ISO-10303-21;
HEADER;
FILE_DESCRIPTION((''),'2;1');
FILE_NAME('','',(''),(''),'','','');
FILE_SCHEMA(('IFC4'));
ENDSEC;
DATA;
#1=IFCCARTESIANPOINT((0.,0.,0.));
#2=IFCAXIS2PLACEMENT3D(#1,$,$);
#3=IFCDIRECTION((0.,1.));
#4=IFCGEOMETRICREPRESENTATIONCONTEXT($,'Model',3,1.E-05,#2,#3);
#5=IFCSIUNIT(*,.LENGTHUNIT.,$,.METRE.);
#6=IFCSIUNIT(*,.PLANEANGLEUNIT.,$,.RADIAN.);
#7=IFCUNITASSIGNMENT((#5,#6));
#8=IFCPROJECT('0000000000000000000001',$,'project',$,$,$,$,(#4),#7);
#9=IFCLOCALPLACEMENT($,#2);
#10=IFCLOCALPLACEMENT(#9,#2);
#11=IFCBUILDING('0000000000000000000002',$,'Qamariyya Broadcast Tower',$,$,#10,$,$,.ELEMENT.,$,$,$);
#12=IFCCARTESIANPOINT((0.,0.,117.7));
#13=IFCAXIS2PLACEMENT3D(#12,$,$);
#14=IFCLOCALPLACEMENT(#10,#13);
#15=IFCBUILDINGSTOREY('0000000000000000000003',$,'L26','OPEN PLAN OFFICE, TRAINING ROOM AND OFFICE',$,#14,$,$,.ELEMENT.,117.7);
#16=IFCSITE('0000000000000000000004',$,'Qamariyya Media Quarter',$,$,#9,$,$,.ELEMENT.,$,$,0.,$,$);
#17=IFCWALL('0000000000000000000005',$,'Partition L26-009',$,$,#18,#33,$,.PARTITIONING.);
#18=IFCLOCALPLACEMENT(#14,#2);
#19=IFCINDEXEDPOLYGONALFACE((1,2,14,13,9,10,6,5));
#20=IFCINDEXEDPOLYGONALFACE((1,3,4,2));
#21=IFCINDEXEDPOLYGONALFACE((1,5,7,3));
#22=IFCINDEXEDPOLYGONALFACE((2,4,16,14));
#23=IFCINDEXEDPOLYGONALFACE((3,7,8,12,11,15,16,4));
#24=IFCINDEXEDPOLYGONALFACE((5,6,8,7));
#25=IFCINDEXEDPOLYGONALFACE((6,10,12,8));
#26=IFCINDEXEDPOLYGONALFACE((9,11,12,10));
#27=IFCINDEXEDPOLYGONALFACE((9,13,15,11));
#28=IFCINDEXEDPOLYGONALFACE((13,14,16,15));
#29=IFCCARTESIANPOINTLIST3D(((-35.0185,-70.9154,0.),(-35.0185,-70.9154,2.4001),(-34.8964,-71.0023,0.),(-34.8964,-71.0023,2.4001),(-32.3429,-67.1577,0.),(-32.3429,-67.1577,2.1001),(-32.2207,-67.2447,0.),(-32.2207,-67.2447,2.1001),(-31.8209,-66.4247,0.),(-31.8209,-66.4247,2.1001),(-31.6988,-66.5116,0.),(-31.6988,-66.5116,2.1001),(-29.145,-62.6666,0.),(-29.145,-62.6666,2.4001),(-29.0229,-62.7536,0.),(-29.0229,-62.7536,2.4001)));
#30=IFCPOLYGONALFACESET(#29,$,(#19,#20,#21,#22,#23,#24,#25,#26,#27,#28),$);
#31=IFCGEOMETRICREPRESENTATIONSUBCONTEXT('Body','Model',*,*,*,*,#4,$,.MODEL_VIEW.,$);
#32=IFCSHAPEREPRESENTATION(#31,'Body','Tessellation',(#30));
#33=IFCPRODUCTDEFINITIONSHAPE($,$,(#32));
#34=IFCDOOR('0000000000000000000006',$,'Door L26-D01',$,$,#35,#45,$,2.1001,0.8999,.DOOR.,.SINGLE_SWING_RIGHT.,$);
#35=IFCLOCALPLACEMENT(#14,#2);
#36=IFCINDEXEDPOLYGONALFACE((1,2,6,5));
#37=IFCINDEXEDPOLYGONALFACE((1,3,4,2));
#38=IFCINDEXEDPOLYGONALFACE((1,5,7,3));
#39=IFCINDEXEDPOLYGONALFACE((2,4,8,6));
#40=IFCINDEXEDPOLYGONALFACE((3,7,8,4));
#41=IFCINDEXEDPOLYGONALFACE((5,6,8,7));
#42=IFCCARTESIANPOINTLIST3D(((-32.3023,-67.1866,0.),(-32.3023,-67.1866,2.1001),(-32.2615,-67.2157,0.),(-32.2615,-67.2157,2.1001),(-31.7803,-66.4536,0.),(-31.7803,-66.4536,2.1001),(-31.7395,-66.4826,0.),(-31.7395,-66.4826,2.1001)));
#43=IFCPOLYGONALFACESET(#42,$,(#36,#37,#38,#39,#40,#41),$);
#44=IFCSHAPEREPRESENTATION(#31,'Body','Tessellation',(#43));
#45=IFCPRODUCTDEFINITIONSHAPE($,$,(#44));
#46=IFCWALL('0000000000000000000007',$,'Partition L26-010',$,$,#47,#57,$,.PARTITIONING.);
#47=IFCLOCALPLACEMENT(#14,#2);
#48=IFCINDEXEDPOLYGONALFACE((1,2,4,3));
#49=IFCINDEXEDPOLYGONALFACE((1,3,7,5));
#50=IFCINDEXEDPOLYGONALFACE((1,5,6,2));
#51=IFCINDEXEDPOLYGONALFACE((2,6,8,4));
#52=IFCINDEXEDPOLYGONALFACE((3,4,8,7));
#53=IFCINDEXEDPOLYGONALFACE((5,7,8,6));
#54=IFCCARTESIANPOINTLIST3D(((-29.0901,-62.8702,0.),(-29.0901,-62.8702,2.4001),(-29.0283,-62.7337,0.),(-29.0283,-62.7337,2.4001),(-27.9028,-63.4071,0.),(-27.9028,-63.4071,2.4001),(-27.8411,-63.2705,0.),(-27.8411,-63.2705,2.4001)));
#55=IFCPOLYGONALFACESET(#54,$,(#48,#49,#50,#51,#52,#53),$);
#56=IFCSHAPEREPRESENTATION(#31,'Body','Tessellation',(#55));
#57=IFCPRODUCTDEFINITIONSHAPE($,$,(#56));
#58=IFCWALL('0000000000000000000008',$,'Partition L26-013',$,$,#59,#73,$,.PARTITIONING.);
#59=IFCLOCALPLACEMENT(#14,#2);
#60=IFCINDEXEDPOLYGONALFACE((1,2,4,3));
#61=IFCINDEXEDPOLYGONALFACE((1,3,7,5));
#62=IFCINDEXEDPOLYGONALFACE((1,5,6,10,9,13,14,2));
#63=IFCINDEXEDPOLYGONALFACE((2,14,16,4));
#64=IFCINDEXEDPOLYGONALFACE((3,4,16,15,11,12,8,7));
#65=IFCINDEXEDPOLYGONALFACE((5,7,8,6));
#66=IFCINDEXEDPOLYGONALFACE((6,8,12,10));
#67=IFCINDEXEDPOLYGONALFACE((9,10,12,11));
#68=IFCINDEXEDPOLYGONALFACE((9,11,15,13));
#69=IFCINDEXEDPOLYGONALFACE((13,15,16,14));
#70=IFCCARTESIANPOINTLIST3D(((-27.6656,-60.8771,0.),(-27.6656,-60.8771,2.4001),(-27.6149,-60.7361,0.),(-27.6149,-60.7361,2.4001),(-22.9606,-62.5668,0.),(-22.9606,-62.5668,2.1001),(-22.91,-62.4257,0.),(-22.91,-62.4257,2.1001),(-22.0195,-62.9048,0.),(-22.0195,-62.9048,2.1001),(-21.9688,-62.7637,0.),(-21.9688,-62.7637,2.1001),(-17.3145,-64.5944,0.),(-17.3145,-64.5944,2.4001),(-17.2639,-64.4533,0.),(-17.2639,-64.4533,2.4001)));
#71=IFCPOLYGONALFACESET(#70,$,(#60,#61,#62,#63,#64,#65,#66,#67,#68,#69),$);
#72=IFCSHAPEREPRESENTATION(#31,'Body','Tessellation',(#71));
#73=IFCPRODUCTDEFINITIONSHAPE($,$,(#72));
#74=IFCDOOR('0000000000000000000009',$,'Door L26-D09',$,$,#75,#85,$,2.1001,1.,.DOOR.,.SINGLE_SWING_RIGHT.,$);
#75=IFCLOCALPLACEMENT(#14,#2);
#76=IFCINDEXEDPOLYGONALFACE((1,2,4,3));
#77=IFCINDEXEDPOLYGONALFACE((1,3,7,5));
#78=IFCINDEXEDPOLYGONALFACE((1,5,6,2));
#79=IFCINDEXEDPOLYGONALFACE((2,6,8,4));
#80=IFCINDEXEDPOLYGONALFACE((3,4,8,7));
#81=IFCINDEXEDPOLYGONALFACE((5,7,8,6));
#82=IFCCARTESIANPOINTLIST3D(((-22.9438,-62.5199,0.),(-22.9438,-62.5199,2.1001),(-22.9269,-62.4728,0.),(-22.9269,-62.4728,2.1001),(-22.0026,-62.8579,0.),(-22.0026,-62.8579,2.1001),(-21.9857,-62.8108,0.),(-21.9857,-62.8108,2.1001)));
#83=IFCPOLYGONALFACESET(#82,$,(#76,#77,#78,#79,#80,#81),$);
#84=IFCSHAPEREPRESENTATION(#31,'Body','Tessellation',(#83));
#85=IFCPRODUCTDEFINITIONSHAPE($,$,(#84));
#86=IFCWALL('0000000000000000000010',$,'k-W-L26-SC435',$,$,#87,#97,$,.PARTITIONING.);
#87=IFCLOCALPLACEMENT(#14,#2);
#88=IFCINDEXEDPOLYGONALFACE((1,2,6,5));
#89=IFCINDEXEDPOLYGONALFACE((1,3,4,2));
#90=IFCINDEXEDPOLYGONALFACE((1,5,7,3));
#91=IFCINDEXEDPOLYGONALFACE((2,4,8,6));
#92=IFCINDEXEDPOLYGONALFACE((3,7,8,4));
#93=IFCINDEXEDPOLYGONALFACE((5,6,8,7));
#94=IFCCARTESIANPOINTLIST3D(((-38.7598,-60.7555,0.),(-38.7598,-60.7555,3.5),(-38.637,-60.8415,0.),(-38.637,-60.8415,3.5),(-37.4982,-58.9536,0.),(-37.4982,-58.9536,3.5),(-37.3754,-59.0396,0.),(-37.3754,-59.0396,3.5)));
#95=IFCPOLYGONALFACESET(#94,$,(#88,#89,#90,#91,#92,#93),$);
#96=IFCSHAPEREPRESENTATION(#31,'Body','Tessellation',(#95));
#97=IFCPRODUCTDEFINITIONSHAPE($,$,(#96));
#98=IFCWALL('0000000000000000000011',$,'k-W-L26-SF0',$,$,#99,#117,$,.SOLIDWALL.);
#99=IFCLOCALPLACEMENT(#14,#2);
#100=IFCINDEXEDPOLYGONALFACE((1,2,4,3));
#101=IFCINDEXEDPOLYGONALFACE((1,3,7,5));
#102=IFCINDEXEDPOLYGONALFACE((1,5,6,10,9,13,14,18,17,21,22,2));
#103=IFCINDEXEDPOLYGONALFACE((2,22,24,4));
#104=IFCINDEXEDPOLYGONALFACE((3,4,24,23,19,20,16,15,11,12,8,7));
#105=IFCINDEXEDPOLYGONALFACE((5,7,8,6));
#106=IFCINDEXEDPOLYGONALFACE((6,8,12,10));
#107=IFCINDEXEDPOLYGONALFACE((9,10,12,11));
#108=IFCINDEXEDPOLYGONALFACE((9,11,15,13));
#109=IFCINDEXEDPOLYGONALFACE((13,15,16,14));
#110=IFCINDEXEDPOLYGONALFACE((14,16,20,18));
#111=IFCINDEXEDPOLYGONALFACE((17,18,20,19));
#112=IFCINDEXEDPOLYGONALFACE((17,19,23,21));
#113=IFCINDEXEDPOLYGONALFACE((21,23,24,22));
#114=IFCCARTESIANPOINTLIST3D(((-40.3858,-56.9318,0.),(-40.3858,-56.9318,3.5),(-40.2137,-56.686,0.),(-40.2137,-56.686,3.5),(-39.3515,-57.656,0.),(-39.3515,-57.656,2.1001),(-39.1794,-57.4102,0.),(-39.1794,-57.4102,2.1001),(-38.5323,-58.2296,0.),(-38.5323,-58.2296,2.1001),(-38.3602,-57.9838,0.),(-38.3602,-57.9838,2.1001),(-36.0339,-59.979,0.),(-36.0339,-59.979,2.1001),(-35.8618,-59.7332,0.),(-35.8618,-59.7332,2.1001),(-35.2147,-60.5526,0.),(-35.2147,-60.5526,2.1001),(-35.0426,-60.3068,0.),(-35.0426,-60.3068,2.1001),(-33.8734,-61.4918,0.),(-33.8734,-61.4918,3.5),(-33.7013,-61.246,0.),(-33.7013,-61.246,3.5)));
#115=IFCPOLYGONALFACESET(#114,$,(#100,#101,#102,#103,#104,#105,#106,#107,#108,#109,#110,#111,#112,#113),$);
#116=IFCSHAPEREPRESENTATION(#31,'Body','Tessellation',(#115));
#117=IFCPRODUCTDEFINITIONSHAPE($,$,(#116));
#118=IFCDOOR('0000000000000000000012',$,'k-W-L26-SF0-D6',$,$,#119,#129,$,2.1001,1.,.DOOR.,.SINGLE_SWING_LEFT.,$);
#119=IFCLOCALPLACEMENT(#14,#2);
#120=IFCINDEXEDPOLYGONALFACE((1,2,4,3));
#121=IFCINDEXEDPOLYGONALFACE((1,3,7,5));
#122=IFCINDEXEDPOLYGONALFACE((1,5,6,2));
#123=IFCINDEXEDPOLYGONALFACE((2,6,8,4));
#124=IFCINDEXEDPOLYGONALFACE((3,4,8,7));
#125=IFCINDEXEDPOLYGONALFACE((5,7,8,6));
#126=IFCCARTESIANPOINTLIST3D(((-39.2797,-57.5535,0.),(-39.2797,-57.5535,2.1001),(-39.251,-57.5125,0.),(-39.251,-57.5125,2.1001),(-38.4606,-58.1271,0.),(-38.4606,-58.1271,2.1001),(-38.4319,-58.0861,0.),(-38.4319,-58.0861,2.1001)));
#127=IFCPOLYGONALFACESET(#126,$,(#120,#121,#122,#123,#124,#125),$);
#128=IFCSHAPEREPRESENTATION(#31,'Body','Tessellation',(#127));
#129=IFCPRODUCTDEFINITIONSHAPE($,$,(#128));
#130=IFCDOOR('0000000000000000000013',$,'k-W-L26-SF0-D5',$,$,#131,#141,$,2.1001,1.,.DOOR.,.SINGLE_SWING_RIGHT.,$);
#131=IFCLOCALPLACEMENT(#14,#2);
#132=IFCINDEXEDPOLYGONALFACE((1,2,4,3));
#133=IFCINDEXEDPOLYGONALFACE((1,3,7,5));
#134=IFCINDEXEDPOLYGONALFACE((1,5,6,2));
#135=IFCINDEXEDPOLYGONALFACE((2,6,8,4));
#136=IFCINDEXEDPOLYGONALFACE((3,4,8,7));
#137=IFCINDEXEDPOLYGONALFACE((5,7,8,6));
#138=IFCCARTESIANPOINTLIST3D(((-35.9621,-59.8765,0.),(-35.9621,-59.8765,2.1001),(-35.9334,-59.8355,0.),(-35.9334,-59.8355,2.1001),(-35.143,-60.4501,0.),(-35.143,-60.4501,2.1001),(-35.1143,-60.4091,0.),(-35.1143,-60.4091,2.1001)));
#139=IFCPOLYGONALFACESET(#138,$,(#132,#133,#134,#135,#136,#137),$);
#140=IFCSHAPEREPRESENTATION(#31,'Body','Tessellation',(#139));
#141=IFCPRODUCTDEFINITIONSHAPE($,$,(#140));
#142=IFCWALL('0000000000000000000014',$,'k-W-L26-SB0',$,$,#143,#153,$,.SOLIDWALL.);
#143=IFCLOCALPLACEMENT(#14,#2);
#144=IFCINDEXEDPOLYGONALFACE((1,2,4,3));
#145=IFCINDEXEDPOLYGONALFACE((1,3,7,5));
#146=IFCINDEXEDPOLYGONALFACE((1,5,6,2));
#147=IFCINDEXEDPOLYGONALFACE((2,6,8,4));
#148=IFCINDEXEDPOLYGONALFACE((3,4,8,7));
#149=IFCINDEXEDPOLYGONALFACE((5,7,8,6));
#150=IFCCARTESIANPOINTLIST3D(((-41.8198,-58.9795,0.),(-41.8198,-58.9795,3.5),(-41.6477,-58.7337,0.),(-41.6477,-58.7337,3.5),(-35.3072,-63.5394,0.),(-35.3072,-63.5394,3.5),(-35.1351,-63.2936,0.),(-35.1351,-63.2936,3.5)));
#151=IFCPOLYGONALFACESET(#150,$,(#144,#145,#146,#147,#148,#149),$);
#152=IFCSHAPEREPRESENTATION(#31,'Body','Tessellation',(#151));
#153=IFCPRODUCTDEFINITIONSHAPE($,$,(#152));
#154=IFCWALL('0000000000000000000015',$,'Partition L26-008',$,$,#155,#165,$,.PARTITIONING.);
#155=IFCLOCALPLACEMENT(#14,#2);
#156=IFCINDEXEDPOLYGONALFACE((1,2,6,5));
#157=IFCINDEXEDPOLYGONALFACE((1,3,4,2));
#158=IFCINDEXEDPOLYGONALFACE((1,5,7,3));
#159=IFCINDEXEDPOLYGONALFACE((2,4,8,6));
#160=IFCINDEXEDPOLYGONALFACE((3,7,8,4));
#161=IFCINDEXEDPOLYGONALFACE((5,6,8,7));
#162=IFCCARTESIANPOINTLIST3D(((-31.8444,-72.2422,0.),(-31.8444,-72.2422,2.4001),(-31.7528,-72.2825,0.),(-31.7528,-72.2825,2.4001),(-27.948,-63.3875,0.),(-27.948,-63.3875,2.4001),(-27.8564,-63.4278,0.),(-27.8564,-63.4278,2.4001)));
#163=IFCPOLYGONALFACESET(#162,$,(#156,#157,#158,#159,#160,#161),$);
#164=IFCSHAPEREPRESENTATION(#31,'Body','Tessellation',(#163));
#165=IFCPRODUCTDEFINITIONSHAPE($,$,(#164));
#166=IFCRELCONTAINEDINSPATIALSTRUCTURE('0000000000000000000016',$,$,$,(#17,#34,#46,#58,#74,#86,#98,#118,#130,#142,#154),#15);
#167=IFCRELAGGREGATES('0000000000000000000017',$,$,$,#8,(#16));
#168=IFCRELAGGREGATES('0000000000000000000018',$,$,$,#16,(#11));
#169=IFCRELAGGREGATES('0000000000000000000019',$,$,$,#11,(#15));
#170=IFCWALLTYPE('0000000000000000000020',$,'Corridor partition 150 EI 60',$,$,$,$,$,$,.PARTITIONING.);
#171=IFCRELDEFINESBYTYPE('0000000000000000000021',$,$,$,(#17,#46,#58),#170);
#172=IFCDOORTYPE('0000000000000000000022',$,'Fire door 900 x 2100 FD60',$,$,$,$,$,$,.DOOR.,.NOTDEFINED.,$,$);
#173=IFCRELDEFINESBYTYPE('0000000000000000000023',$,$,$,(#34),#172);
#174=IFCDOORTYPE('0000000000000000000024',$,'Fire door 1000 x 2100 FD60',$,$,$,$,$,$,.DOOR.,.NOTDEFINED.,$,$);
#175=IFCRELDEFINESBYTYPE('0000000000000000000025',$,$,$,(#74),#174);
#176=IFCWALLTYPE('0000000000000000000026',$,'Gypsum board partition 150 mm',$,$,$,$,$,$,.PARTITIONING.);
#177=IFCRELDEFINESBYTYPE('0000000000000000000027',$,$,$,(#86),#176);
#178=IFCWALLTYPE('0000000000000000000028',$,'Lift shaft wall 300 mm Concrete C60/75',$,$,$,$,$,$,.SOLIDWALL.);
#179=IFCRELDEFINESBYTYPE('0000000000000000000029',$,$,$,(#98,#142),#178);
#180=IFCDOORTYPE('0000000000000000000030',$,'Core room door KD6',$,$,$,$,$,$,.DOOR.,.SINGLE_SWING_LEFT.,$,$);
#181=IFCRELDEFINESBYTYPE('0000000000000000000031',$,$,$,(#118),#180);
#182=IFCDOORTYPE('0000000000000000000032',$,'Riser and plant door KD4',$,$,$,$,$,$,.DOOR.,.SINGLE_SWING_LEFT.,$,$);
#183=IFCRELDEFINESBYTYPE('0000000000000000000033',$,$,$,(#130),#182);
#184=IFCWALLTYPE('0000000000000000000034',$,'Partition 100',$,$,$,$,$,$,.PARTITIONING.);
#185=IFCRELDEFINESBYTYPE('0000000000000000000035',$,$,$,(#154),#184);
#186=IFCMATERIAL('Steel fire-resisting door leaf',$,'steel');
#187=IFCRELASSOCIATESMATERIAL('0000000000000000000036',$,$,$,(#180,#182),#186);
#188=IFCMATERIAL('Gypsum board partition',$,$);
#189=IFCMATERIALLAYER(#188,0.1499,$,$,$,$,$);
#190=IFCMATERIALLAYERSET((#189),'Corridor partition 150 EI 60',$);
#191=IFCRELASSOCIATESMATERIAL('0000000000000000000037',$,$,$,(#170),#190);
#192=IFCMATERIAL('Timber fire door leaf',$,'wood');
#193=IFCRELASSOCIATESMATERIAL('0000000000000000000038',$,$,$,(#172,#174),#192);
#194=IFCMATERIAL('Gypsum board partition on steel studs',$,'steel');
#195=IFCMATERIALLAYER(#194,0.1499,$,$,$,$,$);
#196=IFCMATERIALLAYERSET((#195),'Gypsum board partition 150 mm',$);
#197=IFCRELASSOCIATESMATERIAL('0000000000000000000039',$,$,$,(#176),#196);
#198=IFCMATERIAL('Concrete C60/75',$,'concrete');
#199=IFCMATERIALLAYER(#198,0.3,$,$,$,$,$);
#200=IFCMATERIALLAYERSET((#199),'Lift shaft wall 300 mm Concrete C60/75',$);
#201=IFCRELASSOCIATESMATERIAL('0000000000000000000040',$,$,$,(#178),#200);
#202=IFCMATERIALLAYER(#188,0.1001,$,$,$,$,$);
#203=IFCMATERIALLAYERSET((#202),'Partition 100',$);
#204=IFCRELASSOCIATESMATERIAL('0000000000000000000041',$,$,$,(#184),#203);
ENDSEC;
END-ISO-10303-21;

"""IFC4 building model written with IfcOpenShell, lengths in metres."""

from ifc_helpers import new_model, si_unit, direction, frame, frame_2d, origin, place, context, subcontext, project, spatial, rectangle, extrude, material, layer, layer_set, type_object, element, fill, save


model = new_model("IFC4")

# Units and contexts
model_context = context("Model", 3, precision=1e-05, world=origin(), true_north=direction((0.0, 1.0)))
body_context = subcontext(model_context, "Body", "Model", "MODEL_VIEW")
ifc_project = project(units=[si_unit("LENGTHUNIT", "METRE"), si_unit("PLANEANGLEUNIT", "RADIAN")], contexts=[model_context])

# Site, building, storey
site_placement = place(None, origin())
site = spatial("IfcSite", under=ifc_project, at=site_placement, Name="Qamariyya Media Quarter", CompositionType="ELEMENT", RefElevation=0.0)
building_placement = place(site_placement, origin())
building = spatial("IfcBuilding", under=site, at=building_placement, Name="Qamariyya Broadcast Tower", CompositionType="ELEMENT")
storey_placement = place(building_placement, frame((0.0, 0.0, 117.7)))
storey = spatial("IfcBuildingStorey", under=building, at=storey_placement, Name="L26", Description="OPEN PLAN OFFICE, TRAINING ROOM AND OFFICE", CompositionType="ELEMENT", Elevation=117.7)

# Shared definitions
ifc_material_1 = material(Name="Steel fire-resisting door leaf", Category="steel")

# Shared definitions
door_type_1 = type_object("IfcDoorType", Name="Core room door KD6", OperationType="SINGLE_SWING_LEFT", PredefinedType="DOOR", material=ifc_material_1)
door_type_2 = type_object("IfcDoorType", Name="Riser and plant door KD4", OperationType="SINGLE_SWING_LEFT", PredefinedType="DOOR", material=ifc_material_1)

# Wall, opening, door
ifc_material_2 = material(Name="Gypsum board partition")
ifc_layer_1 = layer(ifc_material_2, 0.1499)
ifc_layer_set_1 = layer_set([ifc_layer_1], Name="Corridor partition 150 EI 60")
wall_type_1 = type_object("IfcWallType", Name="Corridor partition 150 EI 60", PredefinedType="PARTITIONING", material=ifc_layer_set_1)
wall_1_placement = place(storey_placement, frame((-29.084, -62.7102, 0.0), z_axis=(0.0, 0.0, 1.0), x_axis=(-0.580031, -0.814594, 0.0)))
wall_1 = element("IfcWall", 1, at=wall_1_placement, inside=storey, type_object=wall_type_1, Name="Partition L26-009", PredefinedType="PARTITIONING", context=body_context, shape_type="SweptSolid", body=[
    extrude(rectangle(XDim=10.1262, YDim=0.1499, at=frame_2d((5.063, 0.0))), origin(), (0.0, 0.0, 1.0), 2.4001),
])
opening_1_placement = place(wall_1_placement, frame((4.6133, 0.0, 0.0)))
opening_1 = element("IfcOpeningElement", 2, at=opening_1_placement, cuts=wall_1, PredefinedType="OPENING", context=body_context, shape_type="SweptSolid", body=[
    extrude(rectangle(XDim=0.8999, YDim=2.1001, at=frame_2d((0.45, 1.05))), frame((0.0, 0.085, 0.0), z_axis=(0.0, -1.0, 0.0), x_axis=(1.0, 0.0, 0.0)), (0.0, 0.0, 1.0), 0.1699),
])
ifc_material_3 = material(Name="Timber fire door leaf", Category="wood")
door_type_3 = type_object("IfcDoorType", Name="Fire door 900 x 2100 FD60", OperationType="NOTDEFINED", PredefinedType="DOOR", material=ifc_material_3)
door_1_placement = place(opening_1_placement, origin())
door_1 = element("IfcDoor", 3, at=door_1_placement, inside=storey, type_object=door_type_3, Name="Door L26-D01", OperationType="SINGLE_SWING_RIGHT", OverallHeight=2.1001, OverallWidth=0.8999, PredefinedType="DOOR", context=body_context, shape_type="SweptSolid", body=[
    extrude(rectangle(XDim=0.8999, YDim=2.1001, at=frame_2d((0.45, 1.05))), frame((0.0, 0.0249, 0.0), z_axis=(0.0, -1.0, 0.0), x_axis=(1.0, 0.0, 0.0)), (0.0, 0.0, 1.0), 0.05),
])
fill(opening_1, door_1)

# Wall
wall_2_placement = place(storey_placement, frame((-29.0591, -62.802, 0.0), z_axis=(0.0, 0.0, 1.0), x_axis=(0.911173, -0.412023, 0.0)))
element("IfcWall", 4, at=wall_2_placement, inside=storey, type_object=wall_type_1, Name="Partition L26-010", PredefinedType="PARTITIONING", context=body_context, shape_type="SweptSolid", body=[
    extrude(rectangle(XDim=1.303, YDim=0.1499, at=frame_2d((0.6514, 0.0))), origin(), (0.0, 0.0, 1.0), 2.4001),
])

# Wall, opening, door
wall_3_placement = place(storey_placement, frame((-27.6401, -60.8066, 0.0), z_axis=(0.0, 0.0, 1.0), x_axis=(0.941151, -0.337987, 0.0)))
wall_3 = element("IfcWall", 5, at=wall_3_placement, inside=storey, type_object=wall_type_1, Name="Partition L26-013", PredefinedType="PARTITIONING", context=body_context, shape_type="SweptSolid", body=[
    extrude(rectangle(XDim=10.9983, YDim=0.1499, at=frame_2d((5.499, 0.0))), origin(), (0.0, 0.0, 1.0), 2.4001),
])
opening_2_placement = place(wall_3_placement, frame((4.999, 0.0, 0.0)))
opening_2 = element("IfcOpeningElement", 6, at=opening_2_placement, cuts=wall_3, PredefinedType="OPENING", context=body_context, shape_type="SweptSolid", body=[
    extrude(rectangle(XDim=1.0, YDim=2.1001, at=frame_2d((0.5, 1.05))), frame((0.0, 0.085, 0.0), z_axis=(0.0, -1.0, 0.0), x_axis=(1.0, 0.0, 0.0)), (0.0, 0.0, 1.0), 0.1699),
])
door_type_4 = type_object("IfcDoorType", Name="Fire door 1000 x 2100 FD60", OperationType="NOTDEFINED", PredefinedType="DOOR", material=ifc_material_3)
door_2_placement = place(opening_2_placement, origin())
door_2 = element("IfcDoor", 7, at=door_2_placement, inside=storey, type_object=door_type_4, Name="Door L26-D09", OperationType="SINGLE_SWING_RIGHT", OverallHeight=2.1001, OverallWidth=1.0, PredefinedType="DOOR", context=body_context, shape_type="SweptSolid", body=[
    extrude(rectangle(XDim=1.0, YDim=2.1001, at=frame_2d((0.5, 1.05))), frame((0.0, 0.0249, 0.0), z_axis=(0.0, -1.0, 0.0), x_axis=(1.0, 0.0, 0.0)), (0.0, 0.0, 1.0), 0.05),
])
fill(opening_2, door_2)

# Wall
ifc_material_4 = material(Name="Gypsum board partition on steel studs", Category="steel")
ifc_layer_2 = layer(ifc_material_4, 0.1499)
ifc_layer_set_2 = layer_set([ifc_layer_2], Name="Gypsum board partition 150 mm")
wall_type_2 = type_object("IfcWallType", Name="Gypsum board partition 150 mm", PredefinedType="PARTITIONING", material=ifc_layer_set_2)
wall_4_placement = place(storey_placement, frame((-37.4368, -58.9966, 0.0), z_axis=(0.0, 0.0, 1.0), x_axis=(-0.573559, -0.819164, 0.0)))
element("IfcWall", 8, at=wall_4_placement, inside=storey, type_object=wall_type_2, Name="k-W-L26-SC435", PredefinedType="PARTITIONING", context=body_context, shape_type="SweptSolid", body=[
    extrude(rectangle(XDim=2.1997, YDim=0.1499, at=frame_2d((1.0999, 0.0))), origin(), (0.0, 0.0, 1.0), 3.5),
])

# Wall, openings, doors
ifc_material_5 = material(Name="Concrete C60/75", Category="concrete")
ifc_layer_3 = layer(ifc_material_5, 0.3)
ifc_layer_set_3 = layer_set([ifc_layer_3], Name="Lift shaft wall 300 mm Concrete C60/75")
wall_type_3 = type_object("IfcWallType", Name="Lift shaft wall 300 mm Concrete C60/75", PredefinedType="SOLIDWALL", material=ifc_layer_set_3)
wall_5_placement = place(storey_placement, frame((-33.7874, -61.3689, 0.0), z_axis=(0.0, 0.0, 1.0), x_axis=(-0.819153, 0.573576, 0.0)))
wall_5 = element("IfcWall", 9, at=wall_5_placement, inside=storey, type_object=wall_type_3, Name="k-W-L26-SF0", PredefinedType="SOLIDWALL", context=body_context, shape_type="SweptSolid", body=[
    extrude(rectangle(XDim=7.9502, YDim=0.3, at=frame_2d((3.9751, 0.0))), origin(), (0.0, 0.0, 1.0), 3.5),
])
opening_3_placement = place(wall_5_placement, frame((1.6375, 0.0, 0.0)))
opening_3 = element("IfcOpeningElement", 10, at=opening_3_placement, cuts=wall_5, PredefinedType="OPENING", context=body_context, shape_type="SweptSolid", body=[
    extrude(rectangle(XDim=1.0, YDim=2.1001, at=frame_2d((0.5, 1.05))), frame((0.0, 0.1599, 0.0), z_axis=(0.0, -1.0, 0.0), x_axis=(1.0, 0.0, 0.0)), (0.0, 0.0, 1.0), 0.3201),
])
opening_4_placement = place(wall_5_placement, frame((5.6875, 0.0, 0.0)))
opening_4 = element("IfcOpeningElement", 11, at=opening_4_placement, cuts=wall_5, PredefinedType="OPENING", context=body_context, shape_type="SweptSolid", body=[
    extrude(rectangle(XDim=1.0, YDim=2.1001, at=frame_2d((0.5, 1.05))), frame((0.0, 0.1599, 0.0), z_axis=(0.0, -1.0, 0.0), x_axis=(1.0, 0.0, 0.0)), (0.0, 0.0, 1.0), 0.3201),
])
door_3_placement = place(opening_4_placement, origin())
door_3 = element("IfcDoor", 12, at=door_3_placement, inside=storey, type_object=door_type_1, Name="k-W-L26-SF0-D6", OperationType="SINGLE_SWING_LEFT", OverallHeight=2.1001, OverallWidth=1.0, PredefinedType="DOOR", context=body_context, shape_type="SweptSolid", body=[
    extrude(rectangle(XDim=1.0, YDim=2.1001, at=frame_2d((0.5, 1.05))), frame((0.0, 0.0249, 0.0), z_axis=(0.0, -1.0, 0.0), x_axis=(1.0, 0.0, 0.0)), (0.0, 0.0, 1.0), 0.05),
])
fill(opening_4, door_3)
door_4_placement = place(opening_3_placement, origin())
door_4 = element("IfcDoor", 13, at=door_4_placement, inside=storey, type_object=door_type_2, Name="k-W-L26-SF0-D5", OperationType="SINGLE_SWING_RIGHT", OverallHeight=2.1001, OverallWidth=1.0, PredefinedType="DOOR", context=body_context, shape_type="SweptSolid", body=[
    extrude(rectangle(XDim=1.0, YDim=2.1001, at=frame_2d((0.5, 1.05))), frame((0.0, 0.0249, 0.0), z_axis=(0.0, -1.0, 0.0), x_axis=(1.0, 0.0, 0.0)), (0.0, 0.0, 1.0), 0.05),
])
fill(opening_3, door_4)

# Walls
wall_6_placement = place(storey_placement, frame((-35.2212, -63.4165, 0.0), z_axis=(0.0, 0.0, 1.0), x_axis=(-0.819167, 0.573555, 0.0)))
element("IfcWall", 14, at=wall_6_placement, inside=storey, type_object=wall_type_3, Name="k-W-L26-SB0", PredefinedType="SOLIDWALL", context=body_context, shape_type="SweptSolid", body=[
    extrude(rectangle(XDim=7.9502, YDim=0.3, at=frame_2d((3.9751, 0.0))), origin(), (0.0, 0.0, 1.0), 3.5),
])
ifc_layer_4 = layer(ifc_material_2, 0.1001)
ifc_layer_set_4 = layer_set([ifc_layer_4], Name="Partition 100")
wall_type_4 = type_object("IfcWallType", Name="Partition 100", PredefinedType="PARTITIONING", material=ifc_layer_set_4)
wall_7_placement = place(storey_placement, frame((-31.7986, -72.2622, 0.0), z_axis=(0.0, 0.0, 1.0), x_axis=(0.402773, 0.9153, 0.0)))
element("IfcWall", 15, at=wall_7_placement, inside=storey, type_object=wall_type_4, Name="Partition L26-008", PredefinedType="PARTITIONING", context=body_context, shape_type="SweptSolid", body=[
    extrude(rectangle(XDim=9.6741, YDim=0.1001, at=frame_2d((4.8369, 0.0))), origin(), (0.0, 0.0, 1.0), 2.4001),
])

save(model, "model.ifc")
